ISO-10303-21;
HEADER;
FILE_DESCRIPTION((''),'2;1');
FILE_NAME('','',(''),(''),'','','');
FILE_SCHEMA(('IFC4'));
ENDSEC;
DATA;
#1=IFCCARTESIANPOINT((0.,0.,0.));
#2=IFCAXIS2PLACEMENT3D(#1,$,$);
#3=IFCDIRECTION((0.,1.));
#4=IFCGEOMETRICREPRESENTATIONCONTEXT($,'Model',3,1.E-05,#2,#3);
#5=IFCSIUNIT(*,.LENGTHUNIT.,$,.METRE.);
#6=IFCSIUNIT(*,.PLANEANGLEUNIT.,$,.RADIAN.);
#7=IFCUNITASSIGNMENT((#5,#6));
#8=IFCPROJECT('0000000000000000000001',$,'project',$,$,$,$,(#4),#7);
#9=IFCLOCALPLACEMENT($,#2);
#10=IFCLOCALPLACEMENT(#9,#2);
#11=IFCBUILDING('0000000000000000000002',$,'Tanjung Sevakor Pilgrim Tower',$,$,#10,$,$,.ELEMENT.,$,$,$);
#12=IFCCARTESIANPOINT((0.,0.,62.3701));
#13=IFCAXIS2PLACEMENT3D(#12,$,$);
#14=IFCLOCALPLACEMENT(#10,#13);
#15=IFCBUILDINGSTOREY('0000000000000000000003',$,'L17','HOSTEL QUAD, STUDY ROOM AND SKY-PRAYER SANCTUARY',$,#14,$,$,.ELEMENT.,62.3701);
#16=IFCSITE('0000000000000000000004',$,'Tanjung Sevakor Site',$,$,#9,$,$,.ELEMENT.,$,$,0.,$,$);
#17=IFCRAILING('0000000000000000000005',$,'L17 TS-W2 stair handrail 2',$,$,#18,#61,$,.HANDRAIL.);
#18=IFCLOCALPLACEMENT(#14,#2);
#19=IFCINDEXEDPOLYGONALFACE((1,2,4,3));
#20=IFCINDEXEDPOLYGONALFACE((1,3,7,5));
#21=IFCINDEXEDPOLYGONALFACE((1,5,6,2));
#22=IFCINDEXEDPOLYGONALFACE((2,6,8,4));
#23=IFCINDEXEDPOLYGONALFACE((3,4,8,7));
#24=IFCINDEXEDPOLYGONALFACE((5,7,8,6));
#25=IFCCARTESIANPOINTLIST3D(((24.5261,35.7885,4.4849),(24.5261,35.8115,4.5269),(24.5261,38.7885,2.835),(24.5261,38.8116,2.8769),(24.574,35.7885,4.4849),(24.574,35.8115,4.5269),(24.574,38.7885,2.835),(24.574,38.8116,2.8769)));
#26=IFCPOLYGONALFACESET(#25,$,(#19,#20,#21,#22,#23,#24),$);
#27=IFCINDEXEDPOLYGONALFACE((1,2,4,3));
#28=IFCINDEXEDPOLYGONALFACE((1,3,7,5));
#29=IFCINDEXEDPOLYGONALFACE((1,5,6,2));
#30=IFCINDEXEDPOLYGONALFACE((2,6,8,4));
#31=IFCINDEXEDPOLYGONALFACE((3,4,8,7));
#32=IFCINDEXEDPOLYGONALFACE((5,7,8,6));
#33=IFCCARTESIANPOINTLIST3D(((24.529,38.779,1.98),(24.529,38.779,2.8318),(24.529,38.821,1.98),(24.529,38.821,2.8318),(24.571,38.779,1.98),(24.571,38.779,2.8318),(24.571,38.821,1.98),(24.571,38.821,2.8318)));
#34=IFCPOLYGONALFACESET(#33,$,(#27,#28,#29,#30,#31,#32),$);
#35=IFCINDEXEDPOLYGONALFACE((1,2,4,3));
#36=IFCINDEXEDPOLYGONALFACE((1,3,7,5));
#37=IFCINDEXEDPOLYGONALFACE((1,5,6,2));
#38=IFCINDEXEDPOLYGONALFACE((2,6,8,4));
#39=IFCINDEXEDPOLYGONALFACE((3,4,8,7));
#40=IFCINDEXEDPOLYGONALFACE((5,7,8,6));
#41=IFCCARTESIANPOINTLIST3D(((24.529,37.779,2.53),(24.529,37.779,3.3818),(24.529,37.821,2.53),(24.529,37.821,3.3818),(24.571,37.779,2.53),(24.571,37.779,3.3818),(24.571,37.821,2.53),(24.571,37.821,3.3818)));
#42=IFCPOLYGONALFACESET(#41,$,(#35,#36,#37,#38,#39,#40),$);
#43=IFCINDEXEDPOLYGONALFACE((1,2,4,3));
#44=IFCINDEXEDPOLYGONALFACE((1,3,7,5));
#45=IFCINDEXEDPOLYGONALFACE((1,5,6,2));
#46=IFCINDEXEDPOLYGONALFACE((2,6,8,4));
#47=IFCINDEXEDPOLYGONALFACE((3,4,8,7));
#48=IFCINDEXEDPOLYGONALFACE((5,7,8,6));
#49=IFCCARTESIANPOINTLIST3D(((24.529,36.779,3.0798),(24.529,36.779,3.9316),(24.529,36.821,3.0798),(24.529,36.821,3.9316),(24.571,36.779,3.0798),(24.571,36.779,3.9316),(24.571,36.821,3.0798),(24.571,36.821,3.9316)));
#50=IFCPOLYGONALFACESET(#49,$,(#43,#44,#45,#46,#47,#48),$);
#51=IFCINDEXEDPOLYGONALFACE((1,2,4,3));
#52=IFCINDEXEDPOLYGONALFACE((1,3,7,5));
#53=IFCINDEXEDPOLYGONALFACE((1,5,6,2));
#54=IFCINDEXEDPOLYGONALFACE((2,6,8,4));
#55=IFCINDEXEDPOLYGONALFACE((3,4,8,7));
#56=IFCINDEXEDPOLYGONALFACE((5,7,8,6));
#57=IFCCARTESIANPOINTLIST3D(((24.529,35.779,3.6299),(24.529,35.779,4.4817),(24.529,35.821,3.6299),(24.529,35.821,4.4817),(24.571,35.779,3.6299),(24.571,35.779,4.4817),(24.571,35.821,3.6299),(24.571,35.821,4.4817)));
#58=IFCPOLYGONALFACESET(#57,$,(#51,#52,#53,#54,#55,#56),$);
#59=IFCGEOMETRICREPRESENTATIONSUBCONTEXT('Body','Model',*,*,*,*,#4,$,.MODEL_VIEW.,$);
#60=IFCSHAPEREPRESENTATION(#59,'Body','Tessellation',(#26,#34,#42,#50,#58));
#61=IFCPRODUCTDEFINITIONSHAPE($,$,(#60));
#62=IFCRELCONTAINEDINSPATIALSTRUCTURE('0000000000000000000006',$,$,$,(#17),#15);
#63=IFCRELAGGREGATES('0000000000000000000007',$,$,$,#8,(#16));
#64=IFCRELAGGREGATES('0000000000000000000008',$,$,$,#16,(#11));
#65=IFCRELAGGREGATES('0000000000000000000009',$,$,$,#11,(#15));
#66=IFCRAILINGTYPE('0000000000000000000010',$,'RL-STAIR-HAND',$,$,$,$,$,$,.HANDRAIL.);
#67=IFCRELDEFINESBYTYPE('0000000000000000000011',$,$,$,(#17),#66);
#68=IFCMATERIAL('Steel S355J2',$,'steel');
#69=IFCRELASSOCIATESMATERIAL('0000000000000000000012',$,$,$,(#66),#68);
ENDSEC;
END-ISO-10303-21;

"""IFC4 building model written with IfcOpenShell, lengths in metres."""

from ifc_helpers import new_model, si_unit, direction, frame, origin, place, context, subcontext, project, spatial, rectangle, extrude, material, type_object, element, save


model = new_model("IFC4")

# Units and contexts
model_context = context("Model", 3, precision=1e-05, world=origin(), true_north=direction((0.0, 1.0)))
body_context = subcontext(model_context, "Body", "Model", "MODEL_VIEW")
ifc_project = project(units=[si_unit("LENGTHUNIT", "METRE"), si_unit("PLANEANGLEUNIT", "RADIAN")], contexts=[model_context])

# Site, building, storey
site_placement = place(None, origin())
site = spatial("IfcSite", under=ifc_project, at=site_placement, Name="Tanjung Sevakor Site", CompositionType="ELEMENT", RefElevation=0.0)
building_placement = place(site_placement, origin())
building = spatial("IfcBuilding", under=site, at=building_placement, Name="Tanjung Sevakor Pilgrim Tower", CompositionType="ELEMENT")
storey_placement = place(building_placement, frame((0.0, 0.0, 62.3701)))
storey = spatial("IfcBuildingStorey", under=building, at=storey_placement, Name="L17", Description="HOSTEL QUAD, STUDY ROOM AND SKY-PRAYER SANCTUARY", CompositionType="ELEMENT", Elevation=62.3701)

# Railing
ifc_material_1 = material(Name="Steel S355J2", Category="steel")
railing_type_1 = type_object("IfcRailingType", Name="RL-STAIR-HAND", PredefinedType="HANDRAIL", material=ifc_material_1)
railing_1_placement = place(storey_placement, frame((24.55, 38.8, 1.98)))
element("IfcRailing", 1, at=railing_1_placement, inside=storey, type_object=railing_type_1, Name="L17 TS-W2 stair handrail 2", PredefinedType="HANDRAIL", context=body_context, shape_type="SweptSolid", body=[
    extrude(rectangle(XDim=0.0479, YDim=0.0479), frame((0.0, 0.0, 0.876), z_axis=(0.0, -0.876228, 0.481897), x_axis=(1.0, 0.0, 0.0)), (0.0, 0.0, 1.0), 3.4238),
    extrude(rectangle(XDim=0.042, YDim=0.042), origin(), (0.0, 0.0, 1.0), 0.8518),
    extrude(rectangle(XDim=0.042, YDim=0.042), frame((0.0, -1.0, 0.55)), (0.0, 0.0, 1.0), 0.8518),
    extrude(rectangle(XDim=0.042, YDim=0.042), frame((0.0, -2.0, 1.0999)), (0.0, 0.0, 1.0), 0.8518),
    extrude(rectangle(XDim=0.042, YDim=0.042), frame((0.0, -3.0, 1.6499)), (0.0, 0.0, 1.0), 0.8518),
])

save(model, "model.ifc")
